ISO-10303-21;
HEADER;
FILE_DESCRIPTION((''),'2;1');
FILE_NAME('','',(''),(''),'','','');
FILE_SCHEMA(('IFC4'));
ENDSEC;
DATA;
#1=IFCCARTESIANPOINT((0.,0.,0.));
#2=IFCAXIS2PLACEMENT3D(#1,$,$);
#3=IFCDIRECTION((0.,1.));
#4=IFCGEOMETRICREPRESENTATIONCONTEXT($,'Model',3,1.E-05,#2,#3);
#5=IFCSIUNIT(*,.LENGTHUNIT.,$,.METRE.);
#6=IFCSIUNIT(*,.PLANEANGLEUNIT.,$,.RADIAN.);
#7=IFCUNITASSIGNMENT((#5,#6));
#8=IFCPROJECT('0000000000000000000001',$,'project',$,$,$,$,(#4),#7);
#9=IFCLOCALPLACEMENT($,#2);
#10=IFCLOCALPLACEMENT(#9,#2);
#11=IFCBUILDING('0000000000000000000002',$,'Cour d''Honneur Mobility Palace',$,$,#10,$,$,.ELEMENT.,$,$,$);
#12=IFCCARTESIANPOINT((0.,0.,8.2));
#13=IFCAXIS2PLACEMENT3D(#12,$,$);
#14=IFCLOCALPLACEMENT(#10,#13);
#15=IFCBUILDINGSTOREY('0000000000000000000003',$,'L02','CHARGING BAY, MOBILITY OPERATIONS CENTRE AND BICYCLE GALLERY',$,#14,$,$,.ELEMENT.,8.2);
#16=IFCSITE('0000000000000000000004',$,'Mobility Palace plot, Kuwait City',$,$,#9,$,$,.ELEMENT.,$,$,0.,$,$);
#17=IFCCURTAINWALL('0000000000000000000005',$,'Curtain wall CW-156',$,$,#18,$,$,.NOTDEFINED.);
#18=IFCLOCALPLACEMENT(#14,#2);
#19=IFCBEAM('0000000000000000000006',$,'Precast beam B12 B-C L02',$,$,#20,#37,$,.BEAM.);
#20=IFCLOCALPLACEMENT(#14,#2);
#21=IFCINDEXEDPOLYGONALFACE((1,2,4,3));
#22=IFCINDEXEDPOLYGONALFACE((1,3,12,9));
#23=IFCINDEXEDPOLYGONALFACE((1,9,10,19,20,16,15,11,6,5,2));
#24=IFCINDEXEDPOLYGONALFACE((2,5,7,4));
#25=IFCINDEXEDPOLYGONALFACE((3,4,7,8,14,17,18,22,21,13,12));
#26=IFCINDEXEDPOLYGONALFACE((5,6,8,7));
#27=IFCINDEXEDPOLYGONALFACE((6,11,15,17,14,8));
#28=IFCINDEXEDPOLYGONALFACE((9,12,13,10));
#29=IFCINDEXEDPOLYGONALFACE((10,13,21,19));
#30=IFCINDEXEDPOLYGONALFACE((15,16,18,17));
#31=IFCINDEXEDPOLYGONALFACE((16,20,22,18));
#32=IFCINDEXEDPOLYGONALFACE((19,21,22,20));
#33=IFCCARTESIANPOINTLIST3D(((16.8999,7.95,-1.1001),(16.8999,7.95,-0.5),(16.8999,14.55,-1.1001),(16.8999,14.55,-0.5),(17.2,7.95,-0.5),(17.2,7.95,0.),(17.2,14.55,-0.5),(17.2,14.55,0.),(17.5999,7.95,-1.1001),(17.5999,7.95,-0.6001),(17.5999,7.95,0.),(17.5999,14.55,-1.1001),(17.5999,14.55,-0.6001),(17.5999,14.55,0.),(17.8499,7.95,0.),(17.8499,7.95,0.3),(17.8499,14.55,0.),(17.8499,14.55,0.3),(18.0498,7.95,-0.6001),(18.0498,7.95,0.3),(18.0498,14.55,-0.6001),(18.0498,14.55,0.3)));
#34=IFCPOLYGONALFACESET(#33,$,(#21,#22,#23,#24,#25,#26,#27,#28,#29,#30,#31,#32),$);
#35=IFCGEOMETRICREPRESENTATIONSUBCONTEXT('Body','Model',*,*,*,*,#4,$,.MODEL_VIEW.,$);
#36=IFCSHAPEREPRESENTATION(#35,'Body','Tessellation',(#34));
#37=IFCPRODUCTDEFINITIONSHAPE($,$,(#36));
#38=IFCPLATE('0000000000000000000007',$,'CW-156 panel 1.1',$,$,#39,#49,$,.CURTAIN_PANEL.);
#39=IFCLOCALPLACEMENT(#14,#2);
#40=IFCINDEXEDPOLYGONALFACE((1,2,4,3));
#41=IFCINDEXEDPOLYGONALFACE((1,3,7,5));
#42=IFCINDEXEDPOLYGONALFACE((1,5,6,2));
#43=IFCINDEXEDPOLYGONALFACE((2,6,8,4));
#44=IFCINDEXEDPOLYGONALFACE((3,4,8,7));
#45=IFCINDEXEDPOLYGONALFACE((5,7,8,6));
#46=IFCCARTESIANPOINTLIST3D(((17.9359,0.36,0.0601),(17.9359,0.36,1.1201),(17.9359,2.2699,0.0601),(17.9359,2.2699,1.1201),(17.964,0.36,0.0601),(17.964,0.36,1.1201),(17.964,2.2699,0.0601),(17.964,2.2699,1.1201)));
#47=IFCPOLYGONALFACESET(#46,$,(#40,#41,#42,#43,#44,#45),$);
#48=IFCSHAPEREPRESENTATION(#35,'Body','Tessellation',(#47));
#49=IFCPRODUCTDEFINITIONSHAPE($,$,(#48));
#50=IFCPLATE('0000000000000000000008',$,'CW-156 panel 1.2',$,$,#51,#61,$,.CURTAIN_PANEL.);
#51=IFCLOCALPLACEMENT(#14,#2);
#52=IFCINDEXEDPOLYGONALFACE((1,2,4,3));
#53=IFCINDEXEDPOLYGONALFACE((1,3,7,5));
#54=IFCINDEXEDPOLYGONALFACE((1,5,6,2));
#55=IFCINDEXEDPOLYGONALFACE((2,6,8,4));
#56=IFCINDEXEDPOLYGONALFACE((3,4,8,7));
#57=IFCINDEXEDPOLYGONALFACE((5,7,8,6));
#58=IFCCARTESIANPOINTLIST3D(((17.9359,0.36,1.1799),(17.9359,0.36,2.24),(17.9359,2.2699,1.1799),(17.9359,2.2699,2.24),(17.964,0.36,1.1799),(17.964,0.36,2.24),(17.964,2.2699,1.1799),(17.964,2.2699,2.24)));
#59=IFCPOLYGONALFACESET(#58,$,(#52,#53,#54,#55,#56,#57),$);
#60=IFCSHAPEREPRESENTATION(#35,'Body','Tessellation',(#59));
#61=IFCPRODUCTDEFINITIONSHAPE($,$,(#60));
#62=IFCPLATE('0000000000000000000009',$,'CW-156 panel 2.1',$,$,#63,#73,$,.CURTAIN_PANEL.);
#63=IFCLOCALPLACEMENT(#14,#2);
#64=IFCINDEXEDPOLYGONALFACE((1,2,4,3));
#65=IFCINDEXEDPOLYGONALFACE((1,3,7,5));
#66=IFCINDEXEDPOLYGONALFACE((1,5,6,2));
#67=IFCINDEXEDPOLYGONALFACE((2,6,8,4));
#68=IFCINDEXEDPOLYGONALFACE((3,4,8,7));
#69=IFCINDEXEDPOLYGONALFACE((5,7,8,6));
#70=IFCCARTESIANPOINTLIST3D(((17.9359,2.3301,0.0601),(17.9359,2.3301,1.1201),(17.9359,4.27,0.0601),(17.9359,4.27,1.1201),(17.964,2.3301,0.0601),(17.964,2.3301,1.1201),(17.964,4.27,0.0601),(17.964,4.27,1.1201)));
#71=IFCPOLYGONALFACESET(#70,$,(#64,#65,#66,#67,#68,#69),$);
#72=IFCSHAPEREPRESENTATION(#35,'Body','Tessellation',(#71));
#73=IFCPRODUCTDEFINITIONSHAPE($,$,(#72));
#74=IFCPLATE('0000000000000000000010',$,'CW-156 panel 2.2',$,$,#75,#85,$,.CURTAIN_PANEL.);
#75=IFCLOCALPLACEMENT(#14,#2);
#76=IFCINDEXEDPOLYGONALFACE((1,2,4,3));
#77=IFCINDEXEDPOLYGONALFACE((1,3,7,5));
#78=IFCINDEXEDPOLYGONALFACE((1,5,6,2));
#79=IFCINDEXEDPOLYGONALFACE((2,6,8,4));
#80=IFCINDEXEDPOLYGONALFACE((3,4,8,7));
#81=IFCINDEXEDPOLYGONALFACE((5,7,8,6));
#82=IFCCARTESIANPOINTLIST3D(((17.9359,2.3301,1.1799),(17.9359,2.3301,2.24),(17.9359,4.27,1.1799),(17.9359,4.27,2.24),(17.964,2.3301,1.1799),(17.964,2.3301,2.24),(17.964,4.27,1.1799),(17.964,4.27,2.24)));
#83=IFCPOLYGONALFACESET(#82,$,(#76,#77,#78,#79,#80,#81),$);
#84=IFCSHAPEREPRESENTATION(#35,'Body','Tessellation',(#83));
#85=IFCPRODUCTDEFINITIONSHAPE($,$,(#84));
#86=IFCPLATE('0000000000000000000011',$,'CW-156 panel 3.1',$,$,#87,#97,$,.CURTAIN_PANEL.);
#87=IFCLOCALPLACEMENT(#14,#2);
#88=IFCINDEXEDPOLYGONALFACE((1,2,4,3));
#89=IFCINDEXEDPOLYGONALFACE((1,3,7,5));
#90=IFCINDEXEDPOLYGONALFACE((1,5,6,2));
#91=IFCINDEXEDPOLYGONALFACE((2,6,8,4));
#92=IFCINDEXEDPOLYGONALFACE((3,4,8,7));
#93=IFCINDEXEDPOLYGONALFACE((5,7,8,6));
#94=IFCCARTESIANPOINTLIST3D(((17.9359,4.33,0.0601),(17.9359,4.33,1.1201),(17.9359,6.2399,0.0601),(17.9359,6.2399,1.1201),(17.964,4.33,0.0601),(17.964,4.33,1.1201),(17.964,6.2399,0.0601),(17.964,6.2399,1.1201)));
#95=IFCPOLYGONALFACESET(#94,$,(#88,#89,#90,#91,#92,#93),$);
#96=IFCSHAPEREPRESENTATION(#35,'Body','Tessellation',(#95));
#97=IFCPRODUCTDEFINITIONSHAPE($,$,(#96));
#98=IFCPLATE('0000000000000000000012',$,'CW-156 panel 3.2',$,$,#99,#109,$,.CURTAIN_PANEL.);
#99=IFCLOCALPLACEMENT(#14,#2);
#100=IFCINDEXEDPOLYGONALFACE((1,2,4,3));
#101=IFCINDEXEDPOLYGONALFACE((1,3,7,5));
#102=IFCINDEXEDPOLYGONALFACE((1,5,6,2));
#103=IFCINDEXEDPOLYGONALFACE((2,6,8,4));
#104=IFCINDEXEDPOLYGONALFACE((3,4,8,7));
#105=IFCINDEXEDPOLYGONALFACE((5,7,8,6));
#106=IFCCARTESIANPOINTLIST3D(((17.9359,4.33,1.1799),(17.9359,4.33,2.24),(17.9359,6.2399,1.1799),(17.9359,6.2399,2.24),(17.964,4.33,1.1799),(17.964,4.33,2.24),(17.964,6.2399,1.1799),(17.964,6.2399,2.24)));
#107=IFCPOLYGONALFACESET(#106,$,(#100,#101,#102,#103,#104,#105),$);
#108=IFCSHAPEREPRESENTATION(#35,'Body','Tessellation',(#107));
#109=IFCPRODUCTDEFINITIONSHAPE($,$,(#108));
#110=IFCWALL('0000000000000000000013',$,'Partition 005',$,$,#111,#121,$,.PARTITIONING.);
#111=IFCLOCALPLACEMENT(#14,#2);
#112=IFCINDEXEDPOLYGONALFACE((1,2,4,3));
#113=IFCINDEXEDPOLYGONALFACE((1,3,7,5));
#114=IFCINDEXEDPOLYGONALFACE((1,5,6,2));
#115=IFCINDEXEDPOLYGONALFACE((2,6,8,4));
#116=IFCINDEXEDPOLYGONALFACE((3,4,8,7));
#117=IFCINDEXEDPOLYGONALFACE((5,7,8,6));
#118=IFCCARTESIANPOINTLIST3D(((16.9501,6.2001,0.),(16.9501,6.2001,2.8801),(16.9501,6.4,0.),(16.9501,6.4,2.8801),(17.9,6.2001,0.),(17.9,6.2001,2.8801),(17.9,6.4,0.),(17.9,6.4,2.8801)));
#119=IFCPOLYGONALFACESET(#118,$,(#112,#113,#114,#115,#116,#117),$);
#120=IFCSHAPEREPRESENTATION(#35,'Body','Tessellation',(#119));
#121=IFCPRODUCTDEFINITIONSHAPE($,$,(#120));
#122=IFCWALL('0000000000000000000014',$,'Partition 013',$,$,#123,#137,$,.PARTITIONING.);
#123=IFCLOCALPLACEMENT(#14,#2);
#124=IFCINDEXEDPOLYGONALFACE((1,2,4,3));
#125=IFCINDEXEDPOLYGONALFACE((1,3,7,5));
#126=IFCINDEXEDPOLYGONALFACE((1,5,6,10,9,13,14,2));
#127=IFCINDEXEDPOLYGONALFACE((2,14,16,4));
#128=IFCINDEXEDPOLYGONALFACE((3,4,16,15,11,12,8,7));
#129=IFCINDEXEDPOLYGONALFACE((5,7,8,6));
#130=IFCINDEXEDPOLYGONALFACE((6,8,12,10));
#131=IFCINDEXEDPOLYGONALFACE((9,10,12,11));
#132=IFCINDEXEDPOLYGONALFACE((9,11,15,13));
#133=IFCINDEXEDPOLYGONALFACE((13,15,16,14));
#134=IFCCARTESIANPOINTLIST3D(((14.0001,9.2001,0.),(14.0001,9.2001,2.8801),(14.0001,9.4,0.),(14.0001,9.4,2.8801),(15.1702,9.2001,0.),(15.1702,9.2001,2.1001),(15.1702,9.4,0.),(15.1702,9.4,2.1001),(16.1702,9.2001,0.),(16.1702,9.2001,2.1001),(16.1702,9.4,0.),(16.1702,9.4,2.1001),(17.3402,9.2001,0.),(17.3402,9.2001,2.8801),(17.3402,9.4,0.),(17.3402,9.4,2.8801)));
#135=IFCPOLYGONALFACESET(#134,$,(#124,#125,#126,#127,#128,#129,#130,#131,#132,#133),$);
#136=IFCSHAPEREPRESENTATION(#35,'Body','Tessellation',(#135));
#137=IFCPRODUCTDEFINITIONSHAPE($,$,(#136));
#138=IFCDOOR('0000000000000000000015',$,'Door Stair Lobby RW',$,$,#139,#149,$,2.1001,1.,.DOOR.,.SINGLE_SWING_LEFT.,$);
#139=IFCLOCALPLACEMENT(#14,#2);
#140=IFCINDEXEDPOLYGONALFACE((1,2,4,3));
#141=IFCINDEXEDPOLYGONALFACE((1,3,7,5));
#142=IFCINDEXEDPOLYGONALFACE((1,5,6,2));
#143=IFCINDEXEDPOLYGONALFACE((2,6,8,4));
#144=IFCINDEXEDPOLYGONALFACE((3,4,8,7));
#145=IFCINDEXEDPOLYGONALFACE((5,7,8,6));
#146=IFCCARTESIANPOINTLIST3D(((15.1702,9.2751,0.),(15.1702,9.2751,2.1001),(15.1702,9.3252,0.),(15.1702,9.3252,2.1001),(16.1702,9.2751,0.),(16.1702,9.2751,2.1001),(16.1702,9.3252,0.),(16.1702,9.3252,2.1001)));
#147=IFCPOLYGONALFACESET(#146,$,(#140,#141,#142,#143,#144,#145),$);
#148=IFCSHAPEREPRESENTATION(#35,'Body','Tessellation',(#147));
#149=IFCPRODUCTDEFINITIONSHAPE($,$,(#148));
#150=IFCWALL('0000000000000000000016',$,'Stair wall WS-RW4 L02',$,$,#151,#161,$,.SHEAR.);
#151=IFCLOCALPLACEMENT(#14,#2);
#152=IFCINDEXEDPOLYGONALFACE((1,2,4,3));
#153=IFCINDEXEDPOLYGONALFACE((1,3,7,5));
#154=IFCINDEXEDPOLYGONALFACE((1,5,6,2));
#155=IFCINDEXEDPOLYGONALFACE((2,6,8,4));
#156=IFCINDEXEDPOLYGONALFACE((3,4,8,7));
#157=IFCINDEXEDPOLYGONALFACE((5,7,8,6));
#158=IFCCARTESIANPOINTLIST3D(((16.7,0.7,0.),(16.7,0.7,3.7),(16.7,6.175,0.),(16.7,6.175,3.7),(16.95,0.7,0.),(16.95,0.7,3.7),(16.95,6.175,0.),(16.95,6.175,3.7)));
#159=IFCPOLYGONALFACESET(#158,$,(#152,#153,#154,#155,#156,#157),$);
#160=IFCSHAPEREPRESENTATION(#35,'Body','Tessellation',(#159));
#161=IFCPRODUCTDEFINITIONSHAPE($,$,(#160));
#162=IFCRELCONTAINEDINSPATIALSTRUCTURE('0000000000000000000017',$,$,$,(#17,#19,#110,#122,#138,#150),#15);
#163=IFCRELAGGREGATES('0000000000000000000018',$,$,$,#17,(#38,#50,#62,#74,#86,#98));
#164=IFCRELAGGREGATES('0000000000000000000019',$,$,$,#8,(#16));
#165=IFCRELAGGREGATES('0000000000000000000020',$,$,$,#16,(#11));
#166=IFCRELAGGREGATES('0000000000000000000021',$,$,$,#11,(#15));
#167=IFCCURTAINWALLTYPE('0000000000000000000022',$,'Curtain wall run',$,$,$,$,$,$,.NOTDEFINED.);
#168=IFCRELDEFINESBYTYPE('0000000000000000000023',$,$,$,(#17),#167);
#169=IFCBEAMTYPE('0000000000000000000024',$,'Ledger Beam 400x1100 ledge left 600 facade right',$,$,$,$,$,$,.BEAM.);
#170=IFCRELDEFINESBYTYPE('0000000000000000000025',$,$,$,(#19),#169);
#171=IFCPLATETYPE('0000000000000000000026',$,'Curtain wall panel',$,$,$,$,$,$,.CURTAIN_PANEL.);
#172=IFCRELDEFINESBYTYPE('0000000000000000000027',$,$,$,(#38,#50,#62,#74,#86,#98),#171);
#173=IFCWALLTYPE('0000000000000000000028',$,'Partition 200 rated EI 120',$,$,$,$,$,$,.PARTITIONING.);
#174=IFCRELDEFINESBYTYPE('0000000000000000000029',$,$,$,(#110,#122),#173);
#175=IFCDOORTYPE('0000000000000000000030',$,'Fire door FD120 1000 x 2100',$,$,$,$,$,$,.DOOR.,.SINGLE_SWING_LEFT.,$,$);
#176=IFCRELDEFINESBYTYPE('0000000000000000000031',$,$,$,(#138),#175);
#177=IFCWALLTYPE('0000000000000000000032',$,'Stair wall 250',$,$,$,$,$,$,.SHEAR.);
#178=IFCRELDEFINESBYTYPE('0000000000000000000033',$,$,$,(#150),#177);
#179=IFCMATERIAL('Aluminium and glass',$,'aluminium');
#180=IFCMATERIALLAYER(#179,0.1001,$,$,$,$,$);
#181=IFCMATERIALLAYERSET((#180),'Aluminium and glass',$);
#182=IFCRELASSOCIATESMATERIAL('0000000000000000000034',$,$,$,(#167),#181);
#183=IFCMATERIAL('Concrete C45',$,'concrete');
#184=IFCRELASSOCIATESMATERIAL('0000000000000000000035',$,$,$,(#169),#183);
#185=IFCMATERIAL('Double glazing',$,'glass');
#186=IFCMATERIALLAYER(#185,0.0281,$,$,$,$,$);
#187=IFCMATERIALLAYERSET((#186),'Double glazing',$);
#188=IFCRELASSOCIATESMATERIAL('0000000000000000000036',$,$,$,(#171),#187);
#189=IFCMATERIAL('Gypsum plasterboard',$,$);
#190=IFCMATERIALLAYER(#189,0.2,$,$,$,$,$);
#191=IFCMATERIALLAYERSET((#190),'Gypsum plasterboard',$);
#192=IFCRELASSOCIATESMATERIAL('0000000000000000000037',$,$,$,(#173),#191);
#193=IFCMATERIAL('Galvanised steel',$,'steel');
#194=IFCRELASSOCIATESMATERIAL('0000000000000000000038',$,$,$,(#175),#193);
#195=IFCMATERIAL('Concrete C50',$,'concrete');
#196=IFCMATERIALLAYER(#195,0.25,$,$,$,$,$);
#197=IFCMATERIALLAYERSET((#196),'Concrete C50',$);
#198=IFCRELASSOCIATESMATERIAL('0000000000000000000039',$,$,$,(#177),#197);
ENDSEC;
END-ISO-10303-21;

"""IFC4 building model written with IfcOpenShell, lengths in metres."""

from ifc_helpers import new_model, si_unit, direction, frame, frame_2d, origin, origin_2d, place, context, subcontext, project, spatial, polyline, rectangle, outline, extrude, material, layer, layer_set, material_profile, profile_set, type_object, element, fill, aggregate, save


model = new_model("IFC4")

# Units and contexts
model_context = context("Model", 3, precision=1e-05, world=origin(), true_north=direction((0.0, 1.0)))
body_context = subcontext(model_context, "Body", "Model", "MODEL_VIEW")
ifc_project = project(units=[si_unit("LENGTHUNIT", "METRE"), si_unit("PLANEANGLEUNIT", "RADIAN")], contexts=[model_context])

# Site, building, storey
site_placement = place(None, origin())
site = spatial("IfcSite", under=ifc_project, at=site_placement, Name="Mobility Palace plot, Kuwait City", CompositionType="ELEMENT", RefElevation=0.0)
building_placement = place(site_placement, origin())
building = spatial("IfcBuilding", under=site, at=building_placement, Name="Cour d'Honneur Mobility Palace", CompositionType="ELEMENT")
storey_placement = place(building_placement, frame((0.0, 0.0, 8.2)))
storey = spatial("IfcBuildingStorey", under=building, at=storey_placement, Name="L02", Description="CHARGING BAY, MOBILITY OPERATIONS CENTRE AND BICYCLE GALLERY", CompositionType="ELEMENT", Elevation=8.2)

# Curtain wall
ifc_material_1 = material(Name="Aluminium and glass", Category="aluminium")
ifc_layer_1 = layer(ifc_material_1, 0.1001)
ifc_layer_set_1 = layer_set([ifc_layer_1], Name="Aluminium and glass")
curtain_wall_type = type_object("IfcCurtainWallType", Name="Curtain wall run", PredefinedType="NOTDEFINED", material=ifc_layer_set_1)
curtain_wall_placement = place(storey_placement, origin())
curtain_wall = element("IfcCurtainWall", 1, at=curtain_wall_placement, inside=storey, type_object=curtain_wall_type, Name="Curtain wall CW-156", PredefinedType="NOTDEFINED")

# Beam
ifc_material_2 = material(Name="Concrete C45", Category="concrete")
ifc_material_profile_1 = material_profile(ifc_material_2, outline(polyline([(0.5, -1.1001), (0.5, -0.5), (0.2, -0.5), (0.2, 0.0), (-0.2, 0.0), (-0.45, 0.0), (-0.45, 0.3), (-0.6499, 0.3), (-0.6499, -0.6001), (-0.2, -0.6001), (-0.2, -1.1001), (0.5, -1.1001)])), Name="Ledger Beam 400x1100 ledge left 600 facade right")
ifc_profile_set_1 = profile_set([ifc_material_profile_1], Name="Concrete C45")
beam_type_1 = type_object("IfcBeamType", Name="Ledger Beam 400x1100 ledge left 600 facade right", PredefinedType="BEAM", material=ifc_profile_set_1)
beam_1_placement = place(storey_placement, frame((17.3999, 7.95, 0.0), z_axis=(0.0, 1.0, 0.0), x_axis=(-1.0, 0.0, 0.0)))
element("IfcBeam", 2, at=beam_1_placement, inside=storey, type_object=beam_type_1, Name="Precast beam B12 B-C L02", PredefinedType="BEAM", context=body_context, shape_type="SweptSolid", body=[
    extrude(outline(polyline([(0.5, -1.1001), (0.5, -0.5), (0.2, -0.5), (0.2, 0.0), (-0.2, 0.0), (-0.45, 0.0), (-0.45, 0.3), (-0.6499, 0.3), (-0.6499, -0.6001), (-0.2, -0.6001), (-0.2, -1.1001), (0.5, -1.1001)])), origin(), (0.0, 0.0, 1.0), 6.6001),
])

# Plates
ifc_material_3 = material(Name="Double glazing", Category="glass")
ifc_layer_2 = layer(ifc_material_3, 0.0281)
ifc_layer_set_2 = layer_set([ifc_layer_2], Name="Double glazing")
plate_type = type_object("IfcPlateType", Name="Curtain wall panel", PredefinedType="CURTAIN_PANEL", material=ifc_layer_set_2)
plate_1_placement = place(storey_placement, frame((17.95, 1.3149, 0.0601), z_axis=(0.0, 0.0, 1.0), x_axis=(0.0, 1.0, 0.0)))
plate_1 = element("IfcPlate", 3, at=plate_1_placement, type_object=plate_type, Name="CW-156 panel 1.1", PredefinedType="CURTAIN_PANEL", context=body_context, shape_type="SweptSolid", body=[
    extrude(rectangle(XDim=1.9099, YDim=0.0281, at=origin_2d()), origin(), (0.0, 0.0, 1.0), 1.0601),
])
plate_2_placement = place(storey_placement, frame((17.95, 1.3149, 1.1799), z_axis=(0.0, 0.0, 1.0), x_axis=(0.0, 1.0, 0.0)))
plate_2 = element("IfcPlate", 4, at=plate_2_placement, type_object=plate_type, Name="CW-156 panel 1.2", PredefinedType="CURTAIN_PANEL", context=body_context, shape_type="SweptSolid", body=[
    extrude(rectangle(XDim=1.9099, YDim=0.0281, at=origin_2d()), origin(), (0.0, 0.0, 1.0), 1.0601),
])
plate_3_placement = place(storey_placement, frame((17.95, 3.3, 0.0601), z_axis=(0.0, 0.0, 1.0), x_axis=(0.0, 1.0, 0.0)))
plate_3 = element("IfcPlate", 5, at=plate_3_placement, type_object=plate_type, Name="CW-156 panel 2.1", PredefinedType="CURTAIN_PANEL", context=body_context, shape_type="SweptSolid", body=[
    extrude(rectangle(XDim=1.9399, YDim=0.0281, at=origin_2d()), origin(), (0.0, 0.0, 1.0), 1.0601),
])
plate_4_placement = place(storey_placement, frame((17.95, 3.3, 1.1799), z_axis=(0.0, 0.0, 1.0), x_axis=(0.0, 1.0, 0.0)))
plate_4 = element("IfcPlate", 6, at=plate_4_placement, type_object=plate_type, Name="CW-156 panel 2.2", PredefinedType="CURTAIN_PANEL", context=body_context, shape_type="SweptSolid", body=[
    extrude(rectangle(XDim=1.9399, YDim=0.0281, at=origin_2d()), origin(), (0.0, 0.0, 1.0), 1.0601),
])
plate_5_placement = place(storey_placement, frame((17.95, 5.2849, 0.0601), z_axis=(0.0, 0.0, 1.0), x_axis=(0.0, 1.0, 0.0)))
plate_5 = element("IfcPlate", 7, at=plate_5_placement, type_object=plate_type, Name="CW-156 panel 3.1", PredefinedType="CURTAIN_PANEL", context=body_context, shape_type="SweptSolid", body=[
    extrude(rectangle(XDim=1.9099, YDim=0.0281, at=origin_2d()), origin(), (0.0, 0.0, 1.0), 1.0601),
])
plate_6_placement = place(storey_placement, frame((17.95, 5.2849, 1.1799), z_axis=(0.0, 0.0, 1.0), x_axis=(0.0, 1.0, 0.0)))
plate_6 = element("IfcPlate", 8, at=plate_6_placement, type_object=plate_type, Name="CW-156 panel 3.2", PredefinedType="CURTAIN_PANEL", context=body_context, shape_type="SweptSolid", body=[
    extrude(rectangle(XDim=1.9099, YDim=0.0281, at=origin_2d()), origin(), (0.0, 0.0, 1.0), 1.0601),
])
aggregate(curtain_wall, [plate_1, plate_2, plate_3, plate_4, plate_5, plate_6])

# Wall
ifc_material_4 = material(Name="Gypsum plasterboard")
ifc_layer_3 = layer(ifc_material_4, 0.2)
ifc_layer_set_3 = layer_set([ifc_layer_3], Name="Gypsum plasterboard")
wall_type_1 = type_object("IfcWallType", Name="Partition 200 rated EI 120", PredefinedType="PARTITIONING", material=ifc_layer_set_3)
wall_1_placement = place(storey_placement, frame((16.95, 6.3, 0.0), z_axis=(0.0, 0.0, 1.0), x_axis=(1.0, 0.0, 0.0)))
element("IfcWall", 9, at=wall_1_placement, inside=storey, type_object=wall_type_1, Name="Partition 005", PredefinedType="PARTITIONING", context=body_context, shape_type="SweptSolid", body=[
    extrude(rectangle(XDim=0.95, YDim=0.2, at=frame_2d((0.4751, 0.0))), origin(), (0.0, 0.0, 1.0), 2.8801),
])

# Wall, opening, door
wall_2_placement = place(storey_placement, frame((17.3401, 9.3, 0.0), z_axis=(0.0, 0.0, 1.0), x_axis=(-1.0, 0.0, 0.0)))
wall_2 = element("IfcWall", 10, at=wall_2_placement, inside=storey, type_object=wall_type_1, Name="Partition 013", PredefinedType="PARTITIONING", context=body_context, shape_type="SweptSolid", body=[
    extrude(rectangle(XDim=3.3401, YDim=0.2, at=frame_2d((1.6699, 0.0))), origin(), (0.0, 0.0, 1.0), 2.8801),
])
opening_placement = place(wall_2_placement, frame((1.1699, 0.0, 0.0)))
opening = element("IfcOpeningElement", 11, at=opening_placement, cuts=wall_2, PredefinedType="OPENING", context=body_context, shape_type="SweptSolid", body=[
    extrude(rectangle(XDim=1.0, YDim=2.1001, at=frame_2d((0.5, 1.05))), frame((0.0, 0.1099, 0.0), z_axis=(0.0, -1.0, 0.0), x_axis=(1.0, 0.0, 0.0)), (0.0, 0.0, 1.0), 0.22),
])
ifc_material_5 = material(Name="Galvanised steel", Category="steel")
door_type = type_object("IfcDoorType", Name="Fire door FD120 1000 x 2100", OperationType="SINGLE_SWING_LEFT", PredefinedType="DOOR", material=ifc_material_5)
door_placement = place(opening_placement, origin())
door = element("IfcDoor", 12, at=door_placement, inside=storey, type_object=door_type, Name="Door Stair Lobby RW", OperationType="SINGLE_SWING_LEFT", OverallHeight=2.1001, OverallWidth=1.0, PredefinedType="DOOR", context=body_context, shape_type="SweptSolid", body=[
    extrude(rectangle(XDim=1.0, YDim=2.1001, at=frame_2d((0.5, 1.05))), frame((0.0, 0.0249, 0.0), z_axis=(0.0, -1.0, 0.0), x_axis=(1.0, 0.0, 0.0)), (0.0, 0.0, 1.0), 0.05),
])
fill(opening, door)

# Wall
ifc_material_6 = material(Name="Concrete C50", Category="concrete")
ifc_layer_4 = layer(ifc_material_6, 0.25)
ifc_layer_set_4 = layer_set([ifc_layer_4], Name="Concrete C50")
wall_type_2 = type_object("IfcWallType", Name="Stair wall 250", PredefinedType="SHEAR", material=ifc_layer_set_4)
wall_3_placement = place(storey_placement, frame((16.825, 0.7, 0.0), z_axis=(0.0, 0.0, 1.0), x_axis=(0.0, 1.0, 0.0)))
element("IfcWall", 13, at=wall_3_placement, inside=storey, type_object=wall_type_2, Name="Stair wall WS-RW4 L02", PredefinedType="SHEAR", context=body_context, shape_type="SweptSolid", body=[
    extrude(rectangle(XDim=5.4751, YDim=0.25, at=frame_2d((2.7375, 0.0))), origin(), (0.0, 0.0, 1.0), 3.7),
])

save(model, "model.ifc")
